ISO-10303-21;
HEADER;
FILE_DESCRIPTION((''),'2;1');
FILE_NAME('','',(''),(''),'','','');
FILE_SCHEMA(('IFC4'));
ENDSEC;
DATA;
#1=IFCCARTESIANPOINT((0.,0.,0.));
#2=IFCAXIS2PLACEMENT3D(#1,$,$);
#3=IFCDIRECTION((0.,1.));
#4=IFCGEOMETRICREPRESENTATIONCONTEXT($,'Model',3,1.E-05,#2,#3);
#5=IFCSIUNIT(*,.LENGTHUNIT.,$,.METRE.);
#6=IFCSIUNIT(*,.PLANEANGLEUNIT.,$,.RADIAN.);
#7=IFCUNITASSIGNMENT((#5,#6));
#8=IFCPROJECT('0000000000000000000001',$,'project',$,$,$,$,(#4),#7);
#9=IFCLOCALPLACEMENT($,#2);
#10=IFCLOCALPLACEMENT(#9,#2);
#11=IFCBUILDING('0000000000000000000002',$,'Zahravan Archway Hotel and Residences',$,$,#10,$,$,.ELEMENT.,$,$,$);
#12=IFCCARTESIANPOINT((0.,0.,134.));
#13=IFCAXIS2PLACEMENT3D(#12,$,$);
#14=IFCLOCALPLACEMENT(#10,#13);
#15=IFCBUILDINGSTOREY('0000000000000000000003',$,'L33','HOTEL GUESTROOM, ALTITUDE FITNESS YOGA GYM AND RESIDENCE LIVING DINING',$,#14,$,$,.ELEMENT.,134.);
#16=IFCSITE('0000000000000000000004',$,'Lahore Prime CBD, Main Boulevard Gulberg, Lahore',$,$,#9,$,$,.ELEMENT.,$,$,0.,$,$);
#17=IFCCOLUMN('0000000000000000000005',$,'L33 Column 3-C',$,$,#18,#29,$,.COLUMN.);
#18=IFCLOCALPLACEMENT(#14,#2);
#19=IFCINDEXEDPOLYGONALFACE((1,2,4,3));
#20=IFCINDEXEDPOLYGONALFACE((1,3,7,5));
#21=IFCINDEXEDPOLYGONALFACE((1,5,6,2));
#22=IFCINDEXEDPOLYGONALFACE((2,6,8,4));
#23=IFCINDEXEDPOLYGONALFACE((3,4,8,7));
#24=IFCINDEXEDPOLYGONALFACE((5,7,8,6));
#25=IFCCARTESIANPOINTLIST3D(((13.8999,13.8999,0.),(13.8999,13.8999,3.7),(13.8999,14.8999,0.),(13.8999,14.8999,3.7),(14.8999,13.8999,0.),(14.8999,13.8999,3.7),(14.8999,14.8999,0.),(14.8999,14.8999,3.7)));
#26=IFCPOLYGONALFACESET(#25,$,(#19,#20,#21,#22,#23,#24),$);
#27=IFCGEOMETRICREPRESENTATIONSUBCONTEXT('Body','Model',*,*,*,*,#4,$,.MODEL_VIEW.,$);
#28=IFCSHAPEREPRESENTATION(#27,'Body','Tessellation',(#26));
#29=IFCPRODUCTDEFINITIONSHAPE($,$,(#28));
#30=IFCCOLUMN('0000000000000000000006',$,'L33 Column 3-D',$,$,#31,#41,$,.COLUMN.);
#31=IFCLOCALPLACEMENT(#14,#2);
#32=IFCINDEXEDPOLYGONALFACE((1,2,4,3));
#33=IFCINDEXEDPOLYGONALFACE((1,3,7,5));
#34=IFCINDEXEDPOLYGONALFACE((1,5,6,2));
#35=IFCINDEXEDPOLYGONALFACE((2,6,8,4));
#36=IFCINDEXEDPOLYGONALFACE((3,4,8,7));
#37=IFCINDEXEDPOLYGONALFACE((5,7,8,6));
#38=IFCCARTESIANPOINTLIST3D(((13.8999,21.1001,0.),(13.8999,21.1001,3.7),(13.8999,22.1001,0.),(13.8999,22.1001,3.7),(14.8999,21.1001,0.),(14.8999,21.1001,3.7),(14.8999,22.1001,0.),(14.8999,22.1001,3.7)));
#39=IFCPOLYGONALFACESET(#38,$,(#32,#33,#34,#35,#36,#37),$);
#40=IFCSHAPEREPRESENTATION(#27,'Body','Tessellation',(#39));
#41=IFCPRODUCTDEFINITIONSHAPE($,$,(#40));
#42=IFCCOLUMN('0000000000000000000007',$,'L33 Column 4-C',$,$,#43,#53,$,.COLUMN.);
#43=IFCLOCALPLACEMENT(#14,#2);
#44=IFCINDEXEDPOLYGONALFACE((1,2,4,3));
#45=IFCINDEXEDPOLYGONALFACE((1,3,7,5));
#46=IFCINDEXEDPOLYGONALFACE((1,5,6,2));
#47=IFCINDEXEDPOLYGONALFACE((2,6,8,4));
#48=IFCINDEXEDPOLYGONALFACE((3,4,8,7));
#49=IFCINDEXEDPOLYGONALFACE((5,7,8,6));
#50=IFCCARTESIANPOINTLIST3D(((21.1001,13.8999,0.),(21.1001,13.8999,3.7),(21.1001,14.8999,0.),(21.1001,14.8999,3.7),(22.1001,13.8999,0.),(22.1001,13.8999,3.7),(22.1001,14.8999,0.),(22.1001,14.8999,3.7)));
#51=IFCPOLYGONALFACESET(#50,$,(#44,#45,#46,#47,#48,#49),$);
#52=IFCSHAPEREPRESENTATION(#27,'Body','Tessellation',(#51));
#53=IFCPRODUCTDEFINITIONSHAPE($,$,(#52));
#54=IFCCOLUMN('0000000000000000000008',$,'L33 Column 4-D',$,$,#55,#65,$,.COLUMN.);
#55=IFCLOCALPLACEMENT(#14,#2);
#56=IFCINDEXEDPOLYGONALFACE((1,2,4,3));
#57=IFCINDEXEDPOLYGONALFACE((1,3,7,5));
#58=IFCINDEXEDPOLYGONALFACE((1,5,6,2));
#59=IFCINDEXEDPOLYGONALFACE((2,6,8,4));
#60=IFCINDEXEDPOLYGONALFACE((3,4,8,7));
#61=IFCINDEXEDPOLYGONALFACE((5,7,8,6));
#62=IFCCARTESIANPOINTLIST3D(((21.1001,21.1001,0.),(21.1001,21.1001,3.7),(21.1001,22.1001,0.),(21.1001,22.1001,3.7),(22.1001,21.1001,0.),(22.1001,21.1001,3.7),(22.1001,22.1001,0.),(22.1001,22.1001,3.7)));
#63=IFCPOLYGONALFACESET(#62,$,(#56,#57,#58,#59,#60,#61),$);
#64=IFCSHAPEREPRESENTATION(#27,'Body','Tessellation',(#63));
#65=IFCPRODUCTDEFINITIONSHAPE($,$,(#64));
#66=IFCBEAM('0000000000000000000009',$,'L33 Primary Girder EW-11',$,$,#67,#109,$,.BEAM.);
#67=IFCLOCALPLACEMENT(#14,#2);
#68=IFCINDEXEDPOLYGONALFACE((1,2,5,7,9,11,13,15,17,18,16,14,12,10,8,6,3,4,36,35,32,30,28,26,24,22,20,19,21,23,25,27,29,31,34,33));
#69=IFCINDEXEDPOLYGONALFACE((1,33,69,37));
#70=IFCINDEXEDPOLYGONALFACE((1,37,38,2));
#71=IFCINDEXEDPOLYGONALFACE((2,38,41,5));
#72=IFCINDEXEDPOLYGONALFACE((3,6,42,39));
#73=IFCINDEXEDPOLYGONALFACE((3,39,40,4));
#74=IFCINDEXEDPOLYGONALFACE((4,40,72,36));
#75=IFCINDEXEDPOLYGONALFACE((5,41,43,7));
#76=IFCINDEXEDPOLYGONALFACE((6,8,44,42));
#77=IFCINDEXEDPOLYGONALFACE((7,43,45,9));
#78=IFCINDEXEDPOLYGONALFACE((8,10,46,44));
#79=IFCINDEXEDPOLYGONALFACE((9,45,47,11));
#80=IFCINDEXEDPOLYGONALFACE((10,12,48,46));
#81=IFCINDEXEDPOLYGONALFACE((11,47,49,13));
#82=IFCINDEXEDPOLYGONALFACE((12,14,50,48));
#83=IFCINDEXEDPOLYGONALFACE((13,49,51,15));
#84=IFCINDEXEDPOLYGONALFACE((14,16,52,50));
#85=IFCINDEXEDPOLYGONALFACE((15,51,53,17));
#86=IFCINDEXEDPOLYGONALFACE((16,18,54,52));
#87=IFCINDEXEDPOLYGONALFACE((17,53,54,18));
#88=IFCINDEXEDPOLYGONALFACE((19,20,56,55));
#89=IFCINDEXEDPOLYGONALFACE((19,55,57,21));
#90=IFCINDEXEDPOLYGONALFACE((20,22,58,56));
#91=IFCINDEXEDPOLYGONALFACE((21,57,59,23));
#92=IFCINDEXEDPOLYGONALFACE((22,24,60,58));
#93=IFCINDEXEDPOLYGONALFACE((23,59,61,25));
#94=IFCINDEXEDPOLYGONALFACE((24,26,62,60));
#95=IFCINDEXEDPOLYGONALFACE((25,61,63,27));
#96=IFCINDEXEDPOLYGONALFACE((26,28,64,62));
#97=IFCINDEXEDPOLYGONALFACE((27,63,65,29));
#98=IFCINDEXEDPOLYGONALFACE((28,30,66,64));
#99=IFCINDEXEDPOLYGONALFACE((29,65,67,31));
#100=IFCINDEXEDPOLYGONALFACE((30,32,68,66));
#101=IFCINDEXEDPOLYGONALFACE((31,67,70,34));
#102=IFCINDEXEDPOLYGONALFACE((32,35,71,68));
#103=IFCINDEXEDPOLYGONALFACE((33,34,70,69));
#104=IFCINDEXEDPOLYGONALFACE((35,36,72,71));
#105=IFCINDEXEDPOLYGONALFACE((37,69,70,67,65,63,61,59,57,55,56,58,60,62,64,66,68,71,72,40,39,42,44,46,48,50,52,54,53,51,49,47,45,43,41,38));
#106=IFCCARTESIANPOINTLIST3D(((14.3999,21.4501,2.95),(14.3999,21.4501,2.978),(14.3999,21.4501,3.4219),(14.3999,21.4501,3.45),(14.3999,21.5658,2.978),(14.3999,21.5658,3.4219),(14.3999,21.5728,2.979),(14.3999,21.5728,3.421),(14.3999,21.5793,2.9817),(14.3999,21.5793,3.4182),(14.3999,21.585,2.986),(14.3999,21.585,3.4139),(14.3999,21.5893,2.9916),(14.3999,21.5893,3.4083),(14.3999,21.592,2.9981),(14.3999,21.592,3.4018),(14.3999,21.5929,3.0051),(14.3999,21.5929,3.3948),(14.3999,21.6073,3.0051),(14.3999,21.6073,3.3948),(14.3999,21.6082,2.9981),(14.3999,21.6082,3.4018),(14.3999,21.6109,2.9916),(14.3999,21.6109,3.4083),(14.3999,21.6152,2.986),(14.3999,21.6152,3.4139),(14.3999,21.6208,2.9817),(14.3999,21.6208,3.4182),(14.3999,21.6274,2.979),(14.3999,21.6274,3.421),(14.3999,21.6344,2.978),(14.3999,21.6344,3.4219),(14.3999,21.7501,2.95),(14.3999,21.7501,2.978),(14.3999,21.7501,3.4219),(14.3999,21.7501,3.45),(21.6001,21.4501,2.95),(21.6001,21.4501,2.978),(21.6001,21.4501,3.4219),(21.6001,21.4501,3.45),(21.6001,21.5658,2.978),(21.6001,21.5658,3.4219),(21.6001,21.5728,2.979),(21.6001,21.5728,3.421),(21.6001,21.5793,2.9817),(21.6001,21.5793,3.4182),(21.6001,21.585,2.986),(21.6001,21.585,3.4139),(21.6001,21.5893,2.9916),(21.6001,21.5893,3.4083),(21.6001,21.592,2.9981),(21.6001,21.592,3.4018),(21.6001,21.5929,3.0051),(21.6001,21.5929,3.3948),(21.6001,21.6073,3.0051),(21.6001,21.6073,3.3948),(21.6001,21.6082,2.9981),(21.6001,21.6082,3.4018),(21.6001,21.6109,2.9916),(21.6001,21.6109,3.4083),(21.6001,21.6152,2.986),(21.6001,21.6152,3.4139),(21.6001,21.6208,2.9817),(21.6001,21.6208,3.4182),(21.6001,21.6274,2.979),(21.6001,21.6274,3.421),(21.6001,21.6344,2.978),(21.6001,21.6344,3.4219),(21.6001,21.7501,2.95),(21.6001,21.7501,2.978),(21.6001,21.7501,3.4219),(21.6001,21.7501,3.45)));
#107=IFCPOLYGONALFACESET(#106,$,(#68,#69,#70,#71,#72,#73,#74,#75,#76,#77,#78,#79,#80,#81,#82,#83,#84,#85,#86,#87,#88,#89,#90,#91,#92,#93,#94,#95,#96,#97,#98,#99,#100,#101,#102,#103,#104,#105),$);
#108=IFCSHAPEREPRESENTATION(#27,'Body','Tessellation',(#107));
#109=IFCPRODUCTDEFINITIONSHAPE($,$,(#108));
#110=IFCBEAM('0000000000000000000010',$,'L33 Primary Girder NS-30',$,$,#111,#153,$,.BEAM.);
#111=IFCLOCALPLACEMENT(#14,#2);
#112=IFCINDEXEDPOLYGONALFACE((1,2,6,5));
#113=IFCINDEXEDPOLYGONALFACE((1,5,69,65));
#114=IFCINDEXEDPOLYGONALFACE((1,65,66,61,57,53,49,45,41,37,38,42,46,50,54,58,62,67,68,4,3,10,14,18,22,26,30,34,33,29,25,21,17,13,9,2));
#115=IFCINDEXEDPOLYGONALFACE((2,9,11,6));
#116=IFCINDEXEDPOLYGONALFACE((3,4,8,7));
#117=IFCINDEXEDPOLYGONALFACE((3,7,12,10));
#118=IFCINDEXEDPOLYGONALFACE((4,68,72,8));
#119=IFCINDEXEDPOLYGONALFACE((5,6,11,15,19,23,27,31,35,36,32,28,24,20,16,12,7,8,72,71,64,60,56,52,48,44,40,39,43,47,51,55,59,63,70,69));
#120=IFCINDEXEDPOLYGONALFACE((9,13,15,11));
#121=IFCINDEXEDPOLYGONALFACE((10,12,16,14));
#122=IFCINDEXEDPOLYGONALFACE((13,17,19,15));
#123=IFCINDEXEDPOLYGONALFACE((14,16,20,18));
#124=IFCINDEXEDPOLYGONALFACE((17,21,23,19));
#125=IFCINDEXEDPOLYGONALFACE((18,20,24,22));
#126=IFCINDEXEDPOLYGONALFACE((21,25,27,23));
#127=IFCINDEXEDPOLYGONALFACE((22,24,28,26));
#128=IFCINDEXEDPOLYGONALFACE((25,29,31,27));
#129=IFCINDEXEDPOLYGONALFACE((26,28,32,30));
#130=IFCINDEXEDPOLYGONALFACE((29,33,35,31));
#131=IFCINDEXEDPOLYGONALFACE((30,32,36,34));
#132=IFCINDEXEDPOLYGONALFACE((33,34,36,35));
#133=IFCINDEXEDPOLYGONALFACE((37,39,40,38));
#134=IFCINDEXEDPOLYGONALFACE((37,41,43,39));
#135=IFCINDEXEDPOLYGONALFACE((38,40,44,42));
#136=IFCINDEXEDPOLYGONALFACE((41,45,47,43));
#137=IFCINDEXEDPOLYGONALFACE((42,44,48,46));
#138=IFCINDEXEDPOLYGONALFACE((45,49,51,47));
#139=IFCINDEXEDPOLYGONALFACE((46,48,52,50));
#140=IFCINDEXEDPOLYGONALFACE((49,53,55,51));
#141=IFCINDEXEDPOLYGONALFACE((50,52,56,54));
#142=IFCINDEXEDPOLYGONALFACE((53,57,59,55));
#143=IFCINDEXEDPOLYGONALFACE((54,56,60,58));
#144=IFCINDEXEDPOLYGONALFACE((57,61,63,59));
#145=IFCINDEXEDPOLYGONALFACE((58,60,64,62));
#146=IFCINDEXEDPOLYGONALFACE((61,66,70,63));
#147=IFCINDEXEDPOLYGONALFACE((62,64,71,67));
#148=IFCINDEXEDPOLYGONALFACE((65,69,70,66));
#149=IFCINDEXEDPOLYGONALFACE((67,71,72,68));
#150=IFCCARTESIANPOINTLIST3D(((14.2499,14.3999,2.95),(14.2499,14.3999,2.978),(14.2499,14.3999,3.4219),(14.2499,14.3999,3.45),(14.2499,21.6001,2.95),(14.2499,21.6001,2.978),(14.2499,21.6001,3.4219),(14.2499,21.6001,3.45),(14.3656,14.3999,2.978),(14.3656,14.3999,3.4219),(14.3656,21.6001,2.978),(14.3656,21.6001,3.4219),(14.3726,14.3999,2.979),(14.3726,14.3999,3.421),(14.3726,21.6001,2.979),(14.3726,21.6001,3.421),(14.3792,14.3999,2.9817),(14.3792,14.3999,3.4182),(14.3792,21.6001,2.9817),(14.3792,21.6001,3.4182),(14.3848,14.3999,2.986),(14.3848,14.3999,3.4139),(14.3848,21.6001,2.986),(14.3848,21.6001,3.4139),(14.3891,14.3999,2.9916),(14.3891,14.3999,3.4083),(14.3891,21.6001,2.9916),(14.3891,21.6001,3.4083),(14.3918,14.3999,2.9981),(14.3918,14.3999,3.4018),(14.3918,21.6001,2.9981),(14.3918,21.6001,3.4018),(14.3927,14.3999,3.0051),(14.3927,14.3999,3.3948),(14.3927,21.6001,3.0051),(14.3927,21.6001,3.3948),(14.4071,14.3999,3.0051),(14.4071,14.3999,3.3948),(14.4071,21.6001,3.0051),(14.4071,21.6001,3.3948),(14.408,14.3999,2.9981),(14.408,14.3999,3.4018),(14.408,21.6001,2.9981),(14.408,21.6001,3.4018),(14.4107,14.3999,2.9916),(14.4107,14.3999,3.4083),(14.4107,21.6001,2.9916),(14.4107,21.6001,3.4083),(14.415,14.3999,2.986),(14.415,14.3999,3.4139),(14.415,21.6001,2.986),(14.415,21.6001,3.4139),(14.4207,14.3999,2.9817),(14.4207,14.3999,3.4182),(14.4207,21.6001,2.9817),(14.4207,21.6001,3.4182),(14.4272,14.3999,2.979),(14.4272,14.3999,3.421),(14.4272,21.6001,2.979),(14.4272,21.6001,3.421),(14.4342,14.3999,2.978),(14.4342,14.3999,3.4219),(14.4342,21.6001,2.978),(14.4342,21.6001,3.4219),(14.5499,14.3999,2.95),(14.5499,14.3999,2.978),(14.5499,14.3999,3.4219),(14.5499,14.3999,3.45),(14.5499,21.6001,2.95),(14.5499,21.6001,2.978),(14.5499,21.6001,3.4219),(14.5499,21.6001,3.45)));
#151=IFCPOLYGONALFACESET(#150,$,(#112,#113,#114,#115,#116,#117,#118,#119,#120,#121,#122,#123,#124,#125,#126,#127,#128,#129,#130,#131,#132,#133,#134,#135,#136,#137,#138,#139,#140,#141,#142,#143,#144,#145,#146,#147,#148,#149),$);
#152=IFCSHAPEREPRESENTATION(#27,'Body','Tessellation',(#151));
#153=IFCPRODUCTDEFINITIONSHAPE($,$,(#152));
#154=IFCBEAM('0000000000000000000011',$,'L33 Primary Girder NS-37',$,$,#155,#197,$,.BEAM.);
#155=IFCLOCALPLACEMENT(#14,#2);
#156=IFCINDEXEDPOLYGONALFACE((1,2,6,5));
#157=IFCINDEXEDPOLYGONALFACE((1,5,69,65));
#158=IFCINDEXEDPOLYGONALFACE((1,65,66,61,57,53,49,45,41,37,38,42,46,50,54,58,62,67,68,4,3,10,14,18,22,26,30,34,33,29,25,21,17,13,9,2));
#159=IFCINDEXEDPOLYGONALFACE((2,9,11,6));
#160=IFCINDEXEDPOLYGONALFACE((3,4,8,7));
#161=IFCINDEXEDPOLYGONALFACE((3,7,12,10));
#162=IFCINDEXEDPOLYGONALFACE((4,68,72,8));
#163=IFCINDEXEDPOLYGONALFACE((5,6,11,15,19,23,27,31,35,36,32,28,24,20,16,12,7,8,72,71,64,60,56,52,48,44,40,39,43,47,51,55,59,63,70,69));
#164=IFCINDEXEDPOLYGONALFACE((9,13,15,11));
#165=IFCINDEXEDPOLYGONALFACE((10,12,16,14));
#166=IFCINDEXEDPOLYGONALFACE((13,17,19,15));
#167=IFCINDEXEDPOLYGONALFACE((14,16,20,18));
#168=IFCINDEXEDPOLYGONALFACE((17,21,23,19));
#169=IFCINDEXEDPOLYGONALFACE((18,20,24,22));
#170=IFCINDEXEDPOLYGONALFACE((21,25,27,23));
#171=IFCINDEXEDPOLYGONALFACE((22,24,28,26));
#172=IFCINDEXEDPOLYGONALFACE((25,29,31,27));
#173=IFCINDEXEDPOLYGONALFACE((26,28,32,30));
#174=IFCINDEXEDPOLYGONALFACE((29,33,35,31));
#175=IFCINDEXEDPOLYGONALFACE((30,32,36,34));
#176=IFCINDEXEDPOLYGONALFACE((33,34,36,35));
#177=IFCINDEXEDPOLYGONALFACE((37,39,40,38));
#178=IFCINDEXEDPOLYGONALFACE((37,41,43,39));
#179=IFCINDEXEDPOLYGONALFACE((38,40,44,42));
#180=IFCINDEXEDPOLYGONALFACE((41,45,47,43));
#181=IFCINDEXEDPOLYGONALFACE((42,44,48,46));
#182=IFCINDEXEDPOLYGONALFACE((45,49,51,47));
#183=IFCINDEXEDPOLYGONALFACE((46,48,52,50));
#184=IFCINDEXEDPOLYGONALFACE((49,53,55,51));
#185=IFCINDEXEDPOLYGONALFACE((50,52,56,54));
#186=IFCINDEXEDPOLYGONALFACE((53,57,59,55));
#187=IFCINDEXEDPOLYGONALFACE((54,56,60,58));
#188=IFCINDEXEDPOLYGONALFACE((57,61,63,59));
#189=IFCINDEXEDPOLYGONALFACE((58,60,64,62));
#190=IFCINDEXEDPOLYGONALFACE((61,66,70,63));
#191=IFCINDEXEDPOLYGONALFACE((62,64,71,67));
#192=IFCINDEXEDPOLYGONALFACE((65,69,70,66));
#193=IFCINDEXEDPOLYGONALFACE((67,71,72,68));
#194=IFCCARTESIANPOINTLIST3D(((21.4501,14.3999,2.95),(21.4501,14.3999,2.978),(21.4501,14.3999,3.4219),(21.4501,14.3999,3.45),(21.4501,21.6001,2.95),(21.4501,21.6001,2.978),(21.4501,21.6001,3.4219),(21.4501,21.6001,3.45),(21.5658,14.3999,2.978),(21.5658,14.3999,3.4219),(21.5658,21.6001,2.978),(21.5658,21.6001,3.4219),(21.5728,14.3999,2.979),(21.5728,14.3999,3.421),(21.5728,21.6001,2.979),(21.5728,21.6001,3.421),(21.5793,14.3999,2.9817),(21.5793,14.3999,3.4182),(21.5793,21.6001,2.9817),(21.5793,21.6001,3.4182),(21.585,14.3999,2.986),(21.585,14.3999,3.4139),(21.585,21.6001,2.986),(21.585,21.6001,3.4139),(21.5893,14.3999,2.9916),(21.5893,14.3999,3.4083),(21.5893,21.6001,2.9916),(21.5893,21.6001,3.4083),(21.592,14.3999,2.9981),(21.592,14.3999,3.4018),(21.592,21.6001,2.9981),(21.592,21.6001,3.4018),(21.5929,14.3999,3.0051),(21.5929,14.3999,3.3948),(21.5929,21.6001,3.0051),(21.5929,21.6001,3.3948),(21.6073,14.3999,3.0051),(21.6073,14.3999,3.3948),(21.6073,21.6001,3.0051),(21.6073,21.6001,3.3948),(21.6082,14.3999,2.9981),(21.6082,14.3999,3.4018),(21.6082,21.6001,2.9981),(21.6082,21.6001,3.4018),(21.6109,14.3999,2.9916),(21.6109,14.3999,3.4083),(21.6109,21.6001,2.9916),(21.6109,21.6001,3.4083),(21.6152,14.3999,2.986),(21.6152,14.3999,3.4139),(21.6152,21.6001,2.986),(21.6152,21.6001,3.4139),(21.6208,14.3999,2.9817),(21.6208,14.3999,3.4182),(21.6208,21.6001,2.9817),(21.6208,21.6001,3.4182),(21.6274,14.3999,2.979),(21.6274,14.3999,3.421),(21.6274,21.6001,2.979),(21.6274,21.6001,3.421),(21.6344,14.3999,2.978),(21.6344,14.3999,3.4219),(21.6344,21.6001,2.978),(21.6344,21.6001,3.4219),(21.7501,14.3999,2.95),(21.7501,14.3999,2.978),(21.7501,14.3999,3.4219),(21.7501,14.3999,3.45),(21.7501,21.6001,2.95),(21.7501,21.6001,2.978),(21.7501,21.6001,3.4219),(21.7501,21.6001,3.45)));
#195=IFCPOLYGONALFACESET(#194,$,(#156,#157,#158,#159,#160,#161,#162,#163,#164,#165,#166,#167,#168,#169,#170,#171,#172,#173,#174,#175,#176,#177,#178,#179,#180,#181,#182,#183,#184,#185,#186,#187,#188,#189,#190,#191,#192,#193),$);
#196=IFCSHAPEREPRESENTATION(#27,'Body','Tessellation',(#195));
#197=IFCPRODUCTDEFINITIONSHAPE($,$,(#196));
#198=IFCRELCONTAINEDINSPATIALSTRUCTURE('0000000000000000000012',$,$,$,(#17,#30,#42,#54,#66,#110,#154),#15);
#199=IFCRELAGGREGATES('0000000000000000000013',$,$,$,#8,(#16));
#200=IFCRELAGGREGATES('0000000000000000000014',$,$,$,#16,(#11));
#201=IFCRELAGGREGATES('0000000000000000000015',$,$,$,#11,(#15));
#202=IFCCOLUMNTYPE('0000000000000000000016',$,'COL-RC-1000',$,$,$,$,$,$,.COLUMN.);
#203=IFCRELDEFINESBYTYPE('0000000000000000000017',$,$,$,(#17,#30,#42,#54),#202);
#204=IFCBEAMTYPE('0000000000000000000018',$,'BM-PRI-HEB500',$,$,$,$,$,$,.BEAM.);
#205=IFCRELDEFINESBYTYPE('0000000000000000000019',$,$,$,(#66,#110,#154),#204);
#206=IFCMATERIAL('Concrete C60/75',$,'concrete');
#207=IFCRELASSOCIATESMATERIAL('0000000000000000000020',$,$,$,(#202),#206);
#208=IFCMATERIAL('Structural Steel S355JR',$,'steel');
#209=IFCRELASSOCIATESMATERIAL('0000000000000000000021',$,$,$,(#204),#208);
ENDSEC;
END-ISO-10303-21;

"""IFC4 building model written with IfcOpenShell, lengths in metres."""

from ifc_helpers import new_model, si_unit, direction, frame, origin, origin_2d, place, context, subcontext, project, spatial, rectangle, i_section, extrude, source, transform, mapped, material, material_profile, profile_set, type_object, type_shapes, element, save


model = new_model("IFC4")

# Units and contexts
model_context = context("Model", 3, precision=1e-05, world=origin(), true_north=direction((0.0, 1.0)))
body_context = subcontext(model_context, "Body", "Model", "MODEL_VIEW")
ifc_project = project(units=[si_unit("LENGTHUNIT", "METRE"), si_unit("PLANEANGLEUNIT", "RADIAN")], contexts=[model_context])

# Site, building, storey
site_placement = place(None, origin())
site = spatial("IfcSite", under=ifc_project, at=site_placement, Name="Lahore Prime CBD, Main Boulevard Gulberg, Lahore", CompositionType="ELEMENT", RefElevation=0.0)
building_placement = place(site_placement, origin())
building = spatial("IfcBuilding", under=site, at=building_placement, Name="Zahravan Archway Hotel and Residences", CompositionType="ELEMENT")
storey_placement = place(building_placement, frame((0.0, 0.0, 134.0)))
storey = spatial("IfcBuildingStorey", under=building, at=storey_placement, Name="L33", Description="HOTEL GUESTROOM, ALTITUDE FITNESS YOGA GYM AND RESIDENCE LIVING DINING", CompositionType="ELEMENT", Elevation=134.0)

# Columns
ifc_material_1 = material(Name="Concrete C60/75", Category="concrete")
ifc_material_profile_1 = material_profile(ifc_material_1, rectangle(XDim=1.0, YDim=1.0, at=origin_2d()), Name="RC-COL-1000x1000", Category="concrete")
ifc_profile_set_1 = profile_set([ifc_material_profile_1], Name="Concrete C60/75")
column_type = type_object("IfcColumnType", Name="COL-RC-1000", PredefinedType="COLUMN", material=ifc_profile_set_1)
shared_shape_1 = source(origin(), body_context, "Body", "SweptSolid", [
    extrude(rectangle(XDim=1.0, YDim=1.0, at=origin_2d()), origin(), (0.0, 0.0, 1.0), 3.7),
])
type_shapes(column_type, [shared_shape_1])
for number, where, z_axis, x_axis, name in (
    (1, (14.3999, 14.3999, 0.0), (0.0, 0.0, 1.0), (1.0, 0.0, 0.0), "L33 Column 3-C"),
    (2, (14.3999, 21.6001, 0.0), (0.0, 0.0, 1.0), (1.0, 0.0, 0.0), "L33 Column 3-D"),
    (3, (21.6001, 14.3999, 0.0), (0.0, 0.0, 1.0), (1.0, 0.0, 0.0), "L33 Column 4-C"),
    (4, (21.6001, 21.6001, 0.0), (0.0, 0.0, 1.0), (1.0, 0.0, 0.0), "L33 Column 4-D"),
):
    element("IfcColumn", number, at=place(storey_placement, frame(where, z_axis=z_axis, x_axis=x_axis)), inside=storey, type_object=column_type, Name=name, PredefinedType="COLUMN", context=body_context, shape_type="MappedRepresentation", body=[
        mapped(shared_shape_1, transform((0.0, 0.0, 0.0), scale=1.0)),
    ])

# Beams
ifc_material_2 = material(Name="Structural Steel S355JR", Category="steel")
ifc_material_profile_2 = material_profile(ifc_material_2, i_section(OverallWidth=0.3, OverallDepth=0.5, WebThickness=0.0144, FlangeThickness=0.0281, FilletRadius=0.0271, at=origin_2d()), Name="HEB 500", Category="steel")
ifc_profile_set_2 = profile_set([ifc_material_profile_2], Name="Structural Steel S355JR")
beam_type_1 = type_object("IfcBeamType", Name="BM-PRI-HEB500", PredefinedType="BEAM", material=ifc_profile_set_2)
shared_shape_2 = source(origin(), body_context, "Body", "SweptSolid", [
    extrude(i_section(OverallWidth=0.3, OverallDepth=0.5, WebThickness=0.0144, FlangeThickness=0.0281, FilletRadius=0.0271, at=origin_2d()), origin(), (0.0, 0.0, 1.0), 7.2002),
])
type_shapes(beam_type_1, [shared_shape_2])
for number, where, z_axis, x_axis, name in (
    (5, (14.3999, 21.6001, 3.2), (1.0, 0.0, 0.0), (0.0, 1.0, 0.0), "L33 Primary Girder EW-11"),
    (6, (14.3999, 14.3999, 3.2), (0.0, 1.0, 0.0), (-1.0, 0.0, 0.0), "L33 Primary Girder NS-30"),
    (7, (21.6001, 14.3999, 3.2), (0.0, 1.0, 0.0), (-1.0, 0.0, 0.0), "L33 Primary Girder NS-37"),
):
    element("IfcBeam", number, at=place(storey_placement, frame(where, z_axis=z_axis, x_axis=x_axis)), inside=storey, type_object=beam_type_1, Name=name, PredefinedType="BEAM", context=body_context, shape_type="MappedRepresentation", body=[
        mapped(shared_shape_2, transform((0.0, 0.0, 0.0), scale=1.0)),
    ])

save(model, "model.ifc")
